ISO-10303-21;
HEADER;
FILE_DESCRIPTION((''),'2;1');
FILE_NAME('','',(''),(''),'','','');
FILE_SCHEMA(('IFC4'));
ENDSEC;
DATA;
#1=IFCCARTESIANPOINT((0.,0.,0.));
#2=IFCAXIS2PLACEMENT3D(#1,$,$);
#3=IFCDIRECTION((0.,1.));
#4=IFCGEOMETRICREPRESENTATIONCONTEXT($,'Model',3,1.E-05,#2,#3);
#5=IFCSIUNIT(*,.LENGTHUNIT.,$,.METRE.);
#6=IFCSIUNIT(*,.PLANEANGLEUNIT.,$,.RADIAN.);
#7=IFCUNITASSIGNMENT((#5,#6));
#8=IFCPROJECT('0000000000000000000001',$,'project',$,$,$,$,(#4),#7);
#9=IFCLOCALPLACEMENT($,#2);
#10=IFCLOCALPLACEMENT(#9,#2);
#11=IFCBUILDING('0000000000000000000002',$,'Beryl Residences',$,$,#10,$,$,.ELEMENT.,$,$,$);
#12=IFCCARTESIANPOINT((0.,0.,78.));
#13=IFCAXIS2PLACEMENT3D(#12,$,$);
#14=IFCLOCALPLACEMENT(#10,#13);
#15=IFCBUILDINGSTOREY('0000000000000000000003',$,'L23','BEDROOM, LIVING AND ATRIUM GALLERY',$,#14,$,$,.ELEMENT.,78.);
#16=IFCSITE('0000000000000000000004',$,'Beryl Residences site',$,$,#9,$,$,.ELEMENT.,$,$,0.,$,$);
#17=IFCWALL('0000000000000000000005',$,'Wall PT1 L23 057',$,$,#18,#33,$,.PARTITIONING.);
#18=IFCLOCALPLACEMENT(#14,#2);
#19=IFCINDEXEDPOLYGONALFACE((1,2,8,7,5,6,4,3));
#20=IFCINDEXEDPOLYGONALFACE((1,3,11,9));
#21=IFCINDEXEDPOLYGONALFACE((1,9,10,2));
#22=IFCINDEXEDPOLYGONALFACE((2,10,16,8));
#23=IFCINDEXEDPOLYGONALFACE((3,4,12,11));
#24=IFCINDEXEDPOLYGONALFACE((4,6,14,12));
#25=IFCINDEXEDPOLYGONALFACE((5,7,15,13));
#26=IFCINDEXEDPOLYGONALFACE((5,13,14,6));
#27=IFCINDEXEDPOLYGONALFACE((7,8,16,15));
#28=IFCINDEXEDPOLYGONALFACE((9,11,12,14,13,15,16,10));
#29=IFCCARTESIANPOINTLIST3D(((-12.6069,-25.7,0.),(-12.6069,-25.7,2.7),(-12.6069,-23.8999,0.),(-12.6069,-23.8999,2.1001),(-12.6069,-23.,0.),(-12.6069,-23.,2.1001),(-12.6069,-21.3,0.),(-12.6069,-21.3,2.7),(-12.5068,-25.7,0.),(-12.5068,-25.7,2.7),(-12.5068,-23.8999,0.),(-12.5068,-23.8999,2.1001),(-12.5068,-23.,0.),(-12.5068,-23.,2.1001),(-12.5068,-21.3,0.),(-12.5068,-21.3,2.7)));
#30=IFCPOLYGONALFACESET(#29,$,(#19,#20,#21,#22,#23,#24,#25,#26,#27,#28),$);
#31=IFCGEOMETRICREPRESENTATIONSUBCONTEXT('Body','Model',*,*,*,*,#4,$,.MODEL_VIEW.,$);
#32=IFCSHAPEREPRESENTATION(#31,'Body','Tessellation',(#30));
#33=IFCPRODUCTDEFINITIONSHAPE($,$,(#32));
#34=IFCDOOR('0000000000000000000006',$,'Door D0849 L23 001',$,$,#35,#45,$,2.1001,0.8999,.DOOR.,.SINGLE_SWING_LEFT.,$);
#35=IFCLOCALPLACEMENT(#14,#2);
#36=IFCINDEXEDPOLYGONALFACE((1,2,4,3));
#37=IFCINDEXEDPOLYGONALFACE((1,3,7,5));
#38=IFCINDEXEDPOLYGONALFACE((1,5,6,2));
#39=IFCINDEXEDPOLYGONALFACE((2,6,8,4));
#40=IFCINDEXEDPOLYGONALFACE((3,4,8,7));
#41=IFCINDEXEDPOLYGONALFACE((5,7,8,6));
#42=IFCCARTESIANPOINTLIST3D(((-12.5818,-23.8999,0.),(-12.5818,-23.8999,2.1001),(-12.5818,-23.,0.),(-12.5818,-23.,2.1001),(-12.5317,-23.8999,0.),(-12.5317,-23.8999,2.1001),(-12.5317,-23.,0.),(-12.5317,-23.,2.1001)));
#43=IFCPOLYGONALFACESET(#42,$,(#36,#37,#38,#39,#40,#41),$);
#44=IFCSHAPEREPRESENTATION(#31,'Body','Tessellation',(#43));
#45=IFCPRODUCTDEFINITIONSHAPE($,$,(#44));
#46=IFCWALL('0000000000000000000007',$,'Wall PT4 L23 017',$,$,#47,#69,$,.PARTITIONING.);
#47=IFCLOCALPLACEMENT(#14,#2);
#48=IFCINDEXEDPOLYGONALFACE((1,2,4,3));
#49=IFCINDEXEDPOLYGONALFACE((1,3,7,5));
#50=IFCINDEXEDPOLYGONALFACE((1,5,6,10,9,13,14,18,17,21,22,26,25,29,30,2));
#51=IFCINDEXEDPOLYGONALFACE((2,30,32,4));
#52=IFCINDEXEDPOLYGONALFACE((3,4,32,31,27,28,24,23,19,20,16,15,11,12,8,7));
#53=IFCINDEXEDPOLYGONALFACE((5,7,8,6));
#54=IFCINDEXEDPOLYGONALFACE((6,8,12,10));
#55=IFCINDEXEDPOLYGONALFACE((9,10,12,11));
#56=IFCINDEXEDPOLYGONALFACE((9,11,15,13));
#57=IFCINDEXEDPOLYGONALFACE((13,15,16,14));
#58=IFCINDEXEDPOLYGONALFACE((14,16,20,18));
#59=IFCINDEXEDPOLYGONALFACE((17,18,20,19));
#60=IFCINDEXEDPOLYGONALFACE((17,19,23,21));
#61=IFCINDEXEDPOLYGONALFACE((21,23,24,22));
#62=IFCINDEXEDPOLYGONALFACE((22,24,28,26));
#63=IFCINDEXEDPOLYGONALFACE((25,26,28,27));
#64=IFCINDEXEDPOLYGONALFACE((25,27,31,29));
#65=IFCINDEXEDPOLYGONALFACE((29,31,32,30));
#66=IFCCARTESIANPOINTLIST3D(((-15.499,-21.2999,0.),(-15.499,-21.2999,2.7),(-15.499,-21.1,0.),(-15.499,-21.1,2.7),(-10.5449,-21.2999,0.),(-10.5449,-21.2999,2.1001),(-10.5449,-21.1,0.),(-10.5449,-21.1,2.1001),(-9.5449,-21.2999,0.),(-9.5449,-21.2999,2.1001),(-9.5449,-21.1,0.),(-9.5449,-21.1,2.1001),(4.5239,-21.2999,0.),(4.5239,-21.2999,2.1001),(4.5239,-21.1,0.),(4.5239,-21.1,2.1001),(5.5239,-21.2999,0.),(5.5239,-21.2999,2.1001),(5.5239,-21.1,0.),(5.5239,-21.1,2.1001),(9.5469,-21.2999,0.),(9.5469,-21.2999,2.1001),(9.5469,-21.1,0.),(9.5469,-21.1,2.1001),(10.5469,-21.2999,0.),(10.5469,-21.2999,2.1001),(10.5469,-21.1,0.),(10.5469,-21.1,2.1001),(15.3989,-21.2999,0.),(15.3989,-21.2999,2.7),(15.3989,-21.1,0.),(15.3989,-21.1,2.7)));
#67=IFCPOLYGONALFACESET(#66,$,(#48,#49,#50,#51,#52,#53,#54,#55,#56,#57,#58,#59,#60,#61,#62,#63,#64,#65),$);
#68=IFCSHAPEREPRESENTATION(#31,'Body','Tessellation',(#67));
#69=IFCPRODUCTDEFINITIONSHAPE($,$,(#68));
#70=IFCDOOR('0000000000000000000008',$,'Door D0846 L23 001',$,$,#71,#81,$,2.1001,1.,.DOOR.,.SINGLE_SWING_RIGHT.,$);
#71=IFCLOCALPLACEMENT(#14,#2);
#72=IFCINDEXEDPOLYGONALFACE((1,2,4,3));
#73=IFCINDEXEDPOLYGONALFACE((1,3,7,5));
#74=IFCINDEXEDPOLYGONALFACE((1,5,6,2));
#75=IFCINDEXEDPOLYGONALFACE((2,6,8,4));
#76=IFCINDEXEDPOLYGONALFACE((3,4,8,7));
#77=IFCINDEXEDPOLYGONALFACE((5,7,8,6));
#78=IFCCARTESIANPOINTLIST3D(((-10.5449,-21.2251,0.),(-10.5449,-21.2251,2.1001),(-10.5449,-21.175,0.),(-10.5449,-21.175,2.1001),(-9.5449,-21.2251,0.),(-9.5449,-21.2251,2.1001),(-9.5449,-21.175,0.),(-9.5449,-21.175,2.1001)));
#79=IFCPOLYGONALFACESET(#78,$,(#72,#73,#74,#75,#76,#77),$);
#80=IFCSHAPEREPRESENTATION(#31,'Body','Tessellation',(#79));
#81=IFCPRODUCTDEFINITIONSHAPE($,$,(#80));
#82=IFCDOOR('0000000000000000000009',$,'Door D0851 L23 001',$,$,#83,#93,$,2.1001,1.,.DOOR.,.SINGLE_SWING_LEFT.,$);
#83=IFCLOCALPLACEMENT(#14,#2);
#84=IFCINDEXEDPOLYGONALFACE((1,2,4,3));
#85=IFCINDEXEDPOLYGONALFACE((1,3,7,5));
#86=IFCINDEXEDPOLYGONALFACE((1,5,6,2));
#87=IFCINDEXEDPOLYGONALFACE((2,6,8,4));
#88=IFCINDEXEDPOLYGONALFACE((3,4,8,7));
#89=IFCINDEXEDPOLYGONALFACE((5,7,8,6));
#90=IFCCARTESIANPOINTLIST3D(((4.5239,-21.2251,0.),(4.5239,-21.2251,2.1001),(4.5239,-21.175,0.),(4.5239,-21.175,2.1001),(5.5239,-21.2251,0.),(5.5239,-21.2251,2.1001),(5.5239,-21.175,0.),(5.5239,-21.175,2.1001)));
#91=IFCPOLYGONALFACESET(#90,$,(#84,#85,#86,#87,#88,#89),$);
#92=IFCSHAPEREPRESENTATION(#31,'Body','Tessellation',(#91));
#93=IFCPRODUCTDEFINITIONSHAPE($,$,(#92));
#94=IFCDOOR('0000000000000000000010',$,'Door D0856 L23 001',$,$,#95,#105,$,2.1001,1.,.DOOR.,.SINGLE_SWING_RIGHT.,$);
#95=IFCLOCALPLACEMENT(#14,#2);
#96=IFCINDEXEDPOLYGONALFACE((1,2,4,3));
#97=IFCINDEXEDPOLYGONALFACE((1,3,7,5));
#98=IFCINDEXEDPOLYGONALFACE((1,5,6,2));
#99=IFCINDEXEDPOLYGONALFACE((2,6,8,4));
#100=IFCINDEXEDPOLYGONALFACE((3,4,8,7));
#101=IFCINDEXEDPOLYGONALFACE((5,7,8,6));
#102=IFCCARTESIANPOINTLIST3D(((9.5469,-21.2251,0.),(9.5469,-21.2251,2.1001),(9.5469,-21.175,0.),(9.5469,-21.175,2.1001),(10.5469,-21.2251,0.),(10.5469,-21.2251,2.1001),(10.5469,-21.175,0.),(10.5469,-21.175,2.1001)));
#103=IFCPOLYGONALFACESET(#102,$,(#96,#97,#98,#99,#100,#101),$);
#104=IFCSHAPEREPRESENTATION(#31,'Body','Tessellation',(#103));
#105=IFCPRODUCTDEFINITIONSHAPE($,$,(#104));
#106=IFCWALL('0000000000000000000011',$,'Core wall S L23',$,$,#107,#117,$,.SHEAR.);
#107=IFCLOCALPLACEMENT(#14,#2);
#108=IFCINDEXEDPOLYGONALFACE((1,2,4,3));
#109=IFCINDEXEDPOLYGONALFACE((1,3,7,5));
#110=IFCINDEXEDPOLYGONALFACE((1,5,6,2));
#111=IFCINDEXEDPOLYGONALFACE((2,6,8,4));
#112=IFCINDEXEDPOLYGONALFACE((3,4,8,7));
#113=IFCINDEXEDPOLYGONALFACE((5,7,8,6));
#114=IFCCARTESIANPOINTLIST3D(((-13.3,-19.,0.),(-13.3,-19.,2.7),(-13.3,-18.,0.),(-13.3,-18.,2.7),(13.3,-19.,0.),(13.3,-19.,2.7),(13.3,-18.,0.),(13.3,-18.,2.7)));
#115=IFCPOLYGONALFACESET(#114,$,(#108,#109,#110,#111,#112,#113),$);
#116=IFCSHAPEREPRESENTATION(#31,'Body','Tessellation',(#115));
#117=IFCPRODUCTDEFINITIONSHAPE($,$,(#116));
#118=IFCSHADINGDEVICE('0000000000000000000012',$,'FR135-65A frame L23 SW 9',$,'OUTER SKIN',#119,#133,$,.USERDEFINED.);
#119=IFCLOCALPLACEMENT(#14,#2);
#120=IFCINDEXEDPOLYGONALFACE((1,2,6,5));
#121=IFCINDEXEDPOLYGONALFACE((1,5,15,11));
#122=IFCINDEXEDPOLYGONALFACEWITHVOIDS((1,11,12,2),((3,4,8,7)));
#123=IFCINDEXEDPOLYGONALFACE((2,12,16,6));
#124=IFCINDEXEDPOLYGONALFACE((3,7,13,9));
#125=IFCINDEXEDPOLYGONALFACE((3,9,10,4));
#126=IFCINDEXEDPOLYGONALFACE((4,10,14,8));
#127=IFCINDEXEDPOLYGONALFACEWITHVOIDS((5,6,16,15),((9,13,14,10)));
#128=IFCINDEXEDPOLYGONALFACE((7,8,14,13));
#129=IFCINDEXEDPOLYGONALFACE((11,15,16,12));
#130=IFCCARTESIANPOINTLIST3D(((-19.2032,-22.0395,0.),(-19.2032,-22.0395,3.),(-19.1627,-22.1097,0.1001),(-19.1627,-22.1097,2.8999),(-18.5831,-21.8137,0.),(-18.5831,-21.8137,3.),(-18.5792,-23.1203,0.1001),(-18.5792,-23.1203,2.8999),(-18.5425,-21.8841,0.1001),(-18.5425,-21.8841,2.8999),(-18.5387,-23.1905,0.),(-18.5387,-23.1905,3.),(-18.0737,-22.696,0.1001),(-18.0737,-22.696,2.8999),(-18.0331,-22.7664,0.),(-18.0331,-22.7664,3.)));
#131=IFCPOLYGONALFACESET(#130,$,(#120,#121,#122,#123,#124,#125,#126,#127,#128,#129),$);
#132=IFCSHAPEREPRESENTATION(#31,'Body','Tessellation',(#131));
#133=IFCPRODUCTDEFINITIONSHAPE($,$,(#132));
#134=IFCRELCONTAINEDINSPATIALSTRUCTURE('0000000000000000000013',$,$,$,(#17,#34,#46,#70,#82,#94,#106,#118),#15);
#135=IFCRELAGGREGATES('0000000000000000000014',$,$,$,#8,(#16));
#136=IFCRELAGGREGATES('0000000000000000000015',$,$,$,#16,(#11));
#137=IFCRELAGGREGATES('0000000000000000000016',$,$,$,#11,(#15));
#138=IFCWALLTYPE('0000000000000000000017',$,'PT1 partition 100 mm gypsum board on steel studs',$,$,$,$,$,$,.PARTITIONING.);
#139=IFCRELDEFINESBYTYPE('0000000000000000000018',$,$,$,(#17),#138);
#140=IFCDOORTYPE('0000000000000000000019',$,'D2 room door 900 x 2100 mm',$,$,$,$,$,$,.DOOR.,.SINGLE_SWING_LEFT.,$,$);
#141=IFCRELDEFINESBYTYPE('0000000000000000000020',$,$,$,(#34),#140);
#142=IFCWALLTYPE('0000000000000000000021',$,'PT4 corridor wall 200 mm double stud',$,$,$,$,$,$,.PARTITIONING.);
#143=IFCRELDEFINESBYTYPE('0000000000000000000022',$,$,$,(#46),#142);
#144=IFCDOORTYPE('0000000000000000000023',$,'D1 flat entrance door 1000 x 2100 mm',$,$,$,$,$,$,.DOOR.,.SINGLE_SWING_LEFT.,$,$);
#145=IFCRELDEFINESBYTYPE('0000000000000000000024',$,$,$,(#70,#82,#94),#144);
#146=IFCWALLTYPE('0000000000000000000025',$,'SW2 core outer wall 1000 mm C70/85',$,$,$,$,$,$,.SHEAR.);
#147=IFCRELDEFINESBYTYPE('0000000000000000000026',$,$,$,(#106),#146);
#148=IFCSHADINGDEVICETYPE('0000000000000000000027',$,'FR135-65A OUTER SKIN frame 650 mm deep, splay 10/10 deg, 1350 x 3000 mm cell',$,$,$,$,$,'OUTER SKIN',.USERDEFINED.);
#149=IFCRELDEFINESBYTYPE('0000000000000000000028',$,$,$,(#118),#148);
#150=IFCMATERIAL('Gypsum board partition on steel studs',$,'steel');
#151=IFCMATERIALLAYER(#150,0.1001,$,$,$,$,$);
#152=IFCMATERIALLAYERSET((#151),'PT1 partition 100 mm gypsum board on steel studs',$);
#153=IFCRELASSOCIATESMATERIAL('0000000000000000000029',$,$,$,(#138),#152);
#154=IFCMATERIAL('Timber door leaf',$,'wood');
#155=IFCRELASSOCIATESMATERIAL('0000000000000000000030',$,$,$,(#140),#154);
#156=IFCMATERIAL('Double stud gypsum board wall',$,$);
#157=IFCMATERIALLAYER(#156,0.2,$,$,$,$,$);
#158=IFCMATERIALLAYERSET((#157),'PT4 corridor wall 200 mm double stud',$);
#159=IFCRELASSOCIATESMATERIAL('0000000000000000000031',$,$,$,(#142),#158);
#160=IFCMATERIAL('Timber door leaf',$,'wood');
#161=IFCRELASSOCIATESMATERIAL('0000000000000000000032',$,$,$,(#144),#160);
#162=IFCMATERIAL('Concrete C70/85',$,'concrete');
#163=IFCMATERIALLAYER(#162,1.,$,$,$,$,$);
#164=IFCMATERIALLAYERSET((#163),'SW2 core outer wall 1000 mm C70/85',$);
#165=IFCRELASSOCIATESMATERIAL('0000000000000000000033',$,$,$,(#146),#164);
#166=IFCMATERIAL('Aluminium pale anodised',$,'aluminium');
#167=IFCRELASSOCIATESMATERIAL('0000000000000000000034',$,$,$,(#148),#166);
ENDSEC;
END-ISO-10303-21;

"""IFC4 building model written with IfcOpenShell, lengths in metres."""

from ifc_helpers import new_model, entity, si_unit, direction, frame, frame_2d, origin, place, context, subcontext, project, spatial, rectangle, extrude, source, transform, mapped, material, layer, layer_set, type_object, type_shapes, element, fill, save


model = new_model("IFC4")

# Units and contexts
model_context = context("Model", 3, precision=1e-05, world=origin(), true_north=direction((0.0, 1.0)))
body_context = subcontext(model_context, "Body", "Model", "MODEL_VIEW")
ifc_project = project(units=[si_unit("LENGTHUNIT", "METRE"), si_unit("PLANEANGLEUNIT", "RADIAN")], contexts=[model_context])

# Site, building, storey
site_placement = place(None, origin())
site = spatial("IfcSite", under=ifc_project, at=site_placement, Name="Beryl Residences site", CompositionType="ELEMENT", RefElevation=0.0)
building_placement = place(site_placement, origin())
building = spatial("IfcBuilding", under=site, at=building_placement, Name="Beryl Residences", CompositionType="ELEMENT")
storey_placement = place(building_placement, frame((0.0, 0.0, 78.0)))
storey = spatial("IfcBuildingStorey", under=building, at=storey_placement, Name="L23", Description="BEDROOM, LIVING AND ATRIUM GALLERY", CompositionType="ELEMENT", Elevation=78.0)

# Wall, opening, door
ifc_material_1 = material(Name="Gypsum board partition on steel studs", Category="steel")
ifc_layer_1 = layer(ifc_material_1, 0.1001)
ifc_layer_set_1 = layer_set([ifc_layer_1], Name="PT1 partition 100 mm gypsum board on steel studs")
wall_type_1 = type_object("IfcWallType", Name="PT1 partition 100 mm gypsum board on steel studs", PredefinedType="PARTITIONING", material=ifc_layer_set_1)
wall_1_placement = place(storey_placement, frame((-12.5569, -25.7, 0.0), z_axis=(0.0, 0.0, 1.0), x_axis=(0.0, 1.0, 0.0)))
wall_1 = element("IfcWall", 1, at=wall_1_placement, inside=storey, type_object=wall_type_1, Name="Wall PT1 L23 057", PredefinedType="PARTITIONING", context=body_context, shape_type="SweptSolid", body=[
    extrude(rectangle(XDim=4.3999, YDim=0.1001, at=frame_2d((2.2, 0.0))), origin(), (0.0, 0.0, 1.0), 2.7),
])
opening_1_placement = place(wall_1_placement, frame((1.8, 0.0, 0.0)))
opening_1 = element("IfcOpeningElement", 2, at=opening_1_placement, cuts=wall_1, PredefinedType="OPENING", context=body_context, shape_type="SweptSolid", body=[
    extrude(rectangle(XDim=0.8999, YDim=2.1001, at=frame_2d((0.45, 1.05))), frame((0.0, 0.0601, 0.0), z_axis=(0.0, -1.0, 0.0), x_axis=(1.0, 0.0, 0.0)), (0.0, 0.0, 1.0), 0.1201),
])
ifc_material_2 = material(Name="Timber door leaf", Category="wood")
door_type_1 = type_object("IfcDoorType", Name="D2 room door 900 x 2100 mm", OperationType="SINGLE_SWING_LEFT", PredefinedType="DOOR", material=ifc_material_2)
door_1_placement = place(opening_1_placement, origin())
door_1 = element("IfcDoor", 3, at=door_1_placement, inside=storey, type_object=door_type_1, Name="Door D0849 L23 001", OperationType="SINGLE_SWING_LEFT", OverallHeight=2.1001, OverallWidth=0.8999, PredefinedType="DOOR", context=body_context, shape_type="SweptSolid", body=[
    extrude(rectangle(XDim=0.8999, YDim=2.1001, at=frame_2d((0.45, 1.05))), frame((0.0, 0.0249, 0.0), z_axis=(0.0, -1.0, 0.0), x_axis=(1.0, 0.0, 0.0)), (0.0, 0.0, 1.0), 0.05),
])
fill(opening_1, door_1)

# Wall, openings, doors
ifc_material_3 = material(Name="Double stud gypsum board wall")
ifc_layer_2 = layer(ifc_material_3, 0.2)
ifc_layer_set_2 = layer_set([ifc_layer_2], Name="PT4 corridor wall 200 mm double stud")
wall_type_2 = type_object("IfcWallType", Name="PT4 corridor wall 200 mm double stud", PredefinedType="PARTITIONING", material=ifc_layer_set_2)
wall_2_placement = place(storey_placement, frame((-15.499, -21.2, 0.0), z_axis=(0.0, 0.0, 1.0), x_axis=(1.0, 0.0, 0.0)))
wall_2 = element("IfcWall", 4, at=wall_2_placement, inside=storey, type_object=wall_type_2, Name="Wall PT4 L23 017", PredefinedType="PARTITIONING", context=body_context, shape_type="SweptSolid", body=[
    extrude(rectangle(XDim=30.8979, YDim=0.2, at=frame_2d((15.449, 0.0))), origin(), (0.0, 0.0, 1.0), 2.7),
])
opening_2_placement = place(wall_2_placement, frame((4.9541, 0.0, 0.0)))
opening_2 = element("IfcOpeningElement", 5, at=opening_2_placement, cuts=wall_2, PredefinedType="OPENING", context=body_context, shape_type="SweptSolid", body=[
    extrude(rectangle(XDim=1.0, YDim=2.1001, at=frame_2d((0.5, 1.05))), frame((0.0, 0.1099, 0.0), z_axis=(0.0, -1.0, 0.0), x_axis=(1.0, 0.0, 0.0)), (0.0, 0.0, 1.0), 0.22),
])
opening_3_placement = place(wall_2_placement, frame((20.0229, 0.0, 0.0)))
opening_3 = element("IfcOpeningElement", 6, at=opening_3_placement, cuts=wall_2, PredefinedType="OPENING", context=body_context, shape_type="SweptSolid", body=[
    extrude(rectangle(XDim=1.0, YDim=2.1001, at=frame_2d((0.5, 1.05))), frame((0.0, 0.1099, 0.0), z_axis=(0.0, -1.0, 0.0), x_axis=(1.0, 0.0, 0.0)), (0.0, 0.0, 1.0), 0.22),
])
opening_4_placement = place(wall_2_placement, frame((25.0459, 0.0, 0.0)))
opening_4 = element("IfcOpeningElement", 7, at=opening_4_placement, cuts=wall_2, PredefinedType="OPENING", context=body_context, shape_type="SweptSolid", body=[
    extrude(rectangle(XDim=1.0, YDim=2.1001, at=frame_2d((0.5, 1.05))), frame((0.0, 0.1099, 0.0), z_axis=(0.0, -1.0, 0.0), x_axis=(1.0, 0.0, 0.0)), (0.0, 0.0, 1.0), 0.22),
])
ifc_material_4 = material(Name="Timber door leaf", Category="wood")
door_type_2 = type_object("IfcDoorType", Name="D1 flat entrance door 1000 x 2100 mm", OperationType="SINGLE_SWING_LEFT", PredefinedType="DOOR", material=ifc_material_4)
door_2_placement = place(opening_2_placement, origin())
door_2 = element("IfcDoor", 8, at=door_2_placement, inside=storey, type_object=door_type_2, Name="Door D0846 L23 001", OperationType="SINGLE_SWING_RIGHT", OverallHeight=2.1001, OverallWidth=1.0, PredefinedType="DOOR", context=body_context, shape_type="SweptSolid", body=[
    extrude(rectangle(XDim=1.0, YDim=2.1001, at=frame_2d((0.5, 1.05))), frame((0.0, 0.0249, 0.0), z_axis=(0.0, -1.0, 0.0), x_axis=(1.0, 0.0, 0.0)), (0.0, 0.0, 1.0), 0.05),
])
fill(opening_2, door_2)
door_3_placement = place(opening_3_placement, origin())
door_3 = element("IfcDoor", 9, at=door_3_placement, inside=storey, type_object=door_type_2, Name="Door D0851 L23 001", OperationType="SINGLE_SWING_LEFT", OverallHeight=2.1001, OverallWidth=1.0, PredefinedType="DOOR", context=body_context, shape_type="SweptSolid", body=[
    extrude(rectangle(XDim=1.0, YDim=2.1001, at=frame_2d((0.5, 1.05))), frame((0.0, 0.0249, 0.0), z_axis=(0.0, -1.0, 0.0), x_axis=(1.0, 0.0, 0.0)), (0.0, 0.0, 1.0), 0.05),
])
fill(opening_3, door_3)
door_4_placement = place(opening_4_placement, origin())
door_4 = element("IfcDoor", 10, at=door_4_placement, inside=storey, type_object=door_type_2, Name="Door D0856 L23 001", OperationType="SINGLE_SWING_RIGHT", OverallHeight=2.1001, OverallWidth=1.0, PredefinedType="DOOR", context=body_context, shape_type="SweptSolid", body=[
    extrude(rectangle(XDim=1.0, YDim=2.1001, at=frame_2d((0.5, 1.05))), frame((0.0, 0.0249, 0.0), z_axis=(0.0, -1.0, 0.0), x_axis=(1.0, 0.0, 0.0)), (0.0, 0.0, 1.0), 0.05),
])
fill(opening_4, door_4)

# Wall
ifc_material_5 = material(Name="Concrete C70/85", Category="concrete")
ifc_layer_3 = layer(ifc_material_5, 1.0)
ifc_layer_set_3 = layer_set([ifc_layer_3], Name="SW2 core outer wall 1000 mm C70/85")
wall_type_3 = type_object("IfcWallType", Name="SW2 core outer wall 1000 mm C70/85", PredefinedType="SHEAR", material=ifc_layer_set_3)
wall_3_placement = place(storey_placement, frame((-13.3, -18.5, 0.0), z_axis=(0.0, 0.0, 1.0), x_axis=(1.0, 0.0, 0.0)))
element("IfcWall", 11, at=wall_3_placement, inside=storey, type_object=wall_type_3, Name="Core wall S L23", PredefinedType="SHEAR", context=body_context, shape_type="SweptSolid", body=[
    extrude(rectangle(XDim=26.6001, YDim=1.0, at=frame_2d((13.3, 0.0))), origin(), (0.0, 0.0, 1.0), 2.7),
])

# Shading device
ifc_material_6 = material(Name="Aluminium pale anodised", Category="aluminium")
shading_device_type_1 = type_object("IfcShadingDeviceType", Name="FR135-65A OUTER SKIN frame 650 mm deep, splay 10/10 deg, 1350 x 3000 mm cell", ElementType="OUTER SKIN", PredefinedType="USERDEFINED", material=ifc_material_6)
cartesian_point_1 = entity("IfcCartesianPoint", [-0.55, 0.0])
cartesian_point_2 = entity("IfcCartesianPoint", [-0.4688, 0.1001])
cartesian_point_3 = entity("IfcCartesianPoint", [-0.6646, 0.0])
cartesian_point_4 = entity("IfcCartesianPoint", [-0.5835, 0.1001])
shared_shape_1 = source(origin(), body_context, "Body", "SweptSolid", [
    entity("IfcExtrudedAreaSolidTapered", entity("IfcArbitraryProfileDefWithVoids", "AREA", None, entity("IfcPolyline", [cartesian_point_1, entity("IfcCartesianPoint", [0.55, 0.0]), entity("IfcCartesianPoint", [0.55, 3.0]), entity("IfcCartesianPoint", [-0.55, 3.0]), cartesian_point_1]), [entity("IfcPolyline", [cartesian_point_2, entity("IfcCartesianPoint", [0.4688, 0.1001]), entity("IfcCartesianPoint", [0.4688, 2.8999]), entity("IfcCartesianPoint", [-0.4688, 2.8999]), cartesian_point_2])]), entity("IfcAxis2Placement3D", entity("IfcCartesianPoint", [0.0, 0.0, 0.0]), entity("IfcDirection", [0.0, 1.0, 0.0]), entity("IfcDirection", [-1.0, 0.0, 0.0])), entity("IfcDirection", [0.0, 0.0, 1.0]), 0.6499, entity("IfcArbitraryProfileDefWithVoids", "AREA", None, entity("IfcPolyline", [cartesian_point_3, entity("IfcCartesianPoint", [0.6646, 0.0]), entity("IfcCartesianPoint", [0.6646, 3.0]), entity("IfcCartesianPoint", [-0.6646, 3.0]), cartesian_point_3]), [entity("IfcPolyline", [cartesian_point_4, entity("IfcCartesianPoint", [0.5835, 0.1001]), entity("IfcCartesianPoint", [0.5835, 2.8999]), entity("IfcCartesianPoint", [-0.5835, 2.8999]), cartesian_point_4])])),
])
type_shapes(shading_device_type_1, [shared_shape_1])
shading_device_1_placement = place(storey_placement, frame((-18.3081, -22.29, 0.0), z_axis=(0.0, 0.0, 1.0), x_axis=(-0.5, 0.866025, 0.0)))
element("IfcShadingDevice", 12, at=shading_device_1_placement, inside=storey, type_object=shading_device_type_1, Name="FR135-65A frame L23 SW 9", ObjectType="OUTER SKIN", PredefinedType="USERDEFINED", context=body_context, shape_type="MappedRepresentation", body=[
    mapped(shared_shape_1, transform((0.0, 0.0, 0.0))),
])

save(model, "model.ifc")
